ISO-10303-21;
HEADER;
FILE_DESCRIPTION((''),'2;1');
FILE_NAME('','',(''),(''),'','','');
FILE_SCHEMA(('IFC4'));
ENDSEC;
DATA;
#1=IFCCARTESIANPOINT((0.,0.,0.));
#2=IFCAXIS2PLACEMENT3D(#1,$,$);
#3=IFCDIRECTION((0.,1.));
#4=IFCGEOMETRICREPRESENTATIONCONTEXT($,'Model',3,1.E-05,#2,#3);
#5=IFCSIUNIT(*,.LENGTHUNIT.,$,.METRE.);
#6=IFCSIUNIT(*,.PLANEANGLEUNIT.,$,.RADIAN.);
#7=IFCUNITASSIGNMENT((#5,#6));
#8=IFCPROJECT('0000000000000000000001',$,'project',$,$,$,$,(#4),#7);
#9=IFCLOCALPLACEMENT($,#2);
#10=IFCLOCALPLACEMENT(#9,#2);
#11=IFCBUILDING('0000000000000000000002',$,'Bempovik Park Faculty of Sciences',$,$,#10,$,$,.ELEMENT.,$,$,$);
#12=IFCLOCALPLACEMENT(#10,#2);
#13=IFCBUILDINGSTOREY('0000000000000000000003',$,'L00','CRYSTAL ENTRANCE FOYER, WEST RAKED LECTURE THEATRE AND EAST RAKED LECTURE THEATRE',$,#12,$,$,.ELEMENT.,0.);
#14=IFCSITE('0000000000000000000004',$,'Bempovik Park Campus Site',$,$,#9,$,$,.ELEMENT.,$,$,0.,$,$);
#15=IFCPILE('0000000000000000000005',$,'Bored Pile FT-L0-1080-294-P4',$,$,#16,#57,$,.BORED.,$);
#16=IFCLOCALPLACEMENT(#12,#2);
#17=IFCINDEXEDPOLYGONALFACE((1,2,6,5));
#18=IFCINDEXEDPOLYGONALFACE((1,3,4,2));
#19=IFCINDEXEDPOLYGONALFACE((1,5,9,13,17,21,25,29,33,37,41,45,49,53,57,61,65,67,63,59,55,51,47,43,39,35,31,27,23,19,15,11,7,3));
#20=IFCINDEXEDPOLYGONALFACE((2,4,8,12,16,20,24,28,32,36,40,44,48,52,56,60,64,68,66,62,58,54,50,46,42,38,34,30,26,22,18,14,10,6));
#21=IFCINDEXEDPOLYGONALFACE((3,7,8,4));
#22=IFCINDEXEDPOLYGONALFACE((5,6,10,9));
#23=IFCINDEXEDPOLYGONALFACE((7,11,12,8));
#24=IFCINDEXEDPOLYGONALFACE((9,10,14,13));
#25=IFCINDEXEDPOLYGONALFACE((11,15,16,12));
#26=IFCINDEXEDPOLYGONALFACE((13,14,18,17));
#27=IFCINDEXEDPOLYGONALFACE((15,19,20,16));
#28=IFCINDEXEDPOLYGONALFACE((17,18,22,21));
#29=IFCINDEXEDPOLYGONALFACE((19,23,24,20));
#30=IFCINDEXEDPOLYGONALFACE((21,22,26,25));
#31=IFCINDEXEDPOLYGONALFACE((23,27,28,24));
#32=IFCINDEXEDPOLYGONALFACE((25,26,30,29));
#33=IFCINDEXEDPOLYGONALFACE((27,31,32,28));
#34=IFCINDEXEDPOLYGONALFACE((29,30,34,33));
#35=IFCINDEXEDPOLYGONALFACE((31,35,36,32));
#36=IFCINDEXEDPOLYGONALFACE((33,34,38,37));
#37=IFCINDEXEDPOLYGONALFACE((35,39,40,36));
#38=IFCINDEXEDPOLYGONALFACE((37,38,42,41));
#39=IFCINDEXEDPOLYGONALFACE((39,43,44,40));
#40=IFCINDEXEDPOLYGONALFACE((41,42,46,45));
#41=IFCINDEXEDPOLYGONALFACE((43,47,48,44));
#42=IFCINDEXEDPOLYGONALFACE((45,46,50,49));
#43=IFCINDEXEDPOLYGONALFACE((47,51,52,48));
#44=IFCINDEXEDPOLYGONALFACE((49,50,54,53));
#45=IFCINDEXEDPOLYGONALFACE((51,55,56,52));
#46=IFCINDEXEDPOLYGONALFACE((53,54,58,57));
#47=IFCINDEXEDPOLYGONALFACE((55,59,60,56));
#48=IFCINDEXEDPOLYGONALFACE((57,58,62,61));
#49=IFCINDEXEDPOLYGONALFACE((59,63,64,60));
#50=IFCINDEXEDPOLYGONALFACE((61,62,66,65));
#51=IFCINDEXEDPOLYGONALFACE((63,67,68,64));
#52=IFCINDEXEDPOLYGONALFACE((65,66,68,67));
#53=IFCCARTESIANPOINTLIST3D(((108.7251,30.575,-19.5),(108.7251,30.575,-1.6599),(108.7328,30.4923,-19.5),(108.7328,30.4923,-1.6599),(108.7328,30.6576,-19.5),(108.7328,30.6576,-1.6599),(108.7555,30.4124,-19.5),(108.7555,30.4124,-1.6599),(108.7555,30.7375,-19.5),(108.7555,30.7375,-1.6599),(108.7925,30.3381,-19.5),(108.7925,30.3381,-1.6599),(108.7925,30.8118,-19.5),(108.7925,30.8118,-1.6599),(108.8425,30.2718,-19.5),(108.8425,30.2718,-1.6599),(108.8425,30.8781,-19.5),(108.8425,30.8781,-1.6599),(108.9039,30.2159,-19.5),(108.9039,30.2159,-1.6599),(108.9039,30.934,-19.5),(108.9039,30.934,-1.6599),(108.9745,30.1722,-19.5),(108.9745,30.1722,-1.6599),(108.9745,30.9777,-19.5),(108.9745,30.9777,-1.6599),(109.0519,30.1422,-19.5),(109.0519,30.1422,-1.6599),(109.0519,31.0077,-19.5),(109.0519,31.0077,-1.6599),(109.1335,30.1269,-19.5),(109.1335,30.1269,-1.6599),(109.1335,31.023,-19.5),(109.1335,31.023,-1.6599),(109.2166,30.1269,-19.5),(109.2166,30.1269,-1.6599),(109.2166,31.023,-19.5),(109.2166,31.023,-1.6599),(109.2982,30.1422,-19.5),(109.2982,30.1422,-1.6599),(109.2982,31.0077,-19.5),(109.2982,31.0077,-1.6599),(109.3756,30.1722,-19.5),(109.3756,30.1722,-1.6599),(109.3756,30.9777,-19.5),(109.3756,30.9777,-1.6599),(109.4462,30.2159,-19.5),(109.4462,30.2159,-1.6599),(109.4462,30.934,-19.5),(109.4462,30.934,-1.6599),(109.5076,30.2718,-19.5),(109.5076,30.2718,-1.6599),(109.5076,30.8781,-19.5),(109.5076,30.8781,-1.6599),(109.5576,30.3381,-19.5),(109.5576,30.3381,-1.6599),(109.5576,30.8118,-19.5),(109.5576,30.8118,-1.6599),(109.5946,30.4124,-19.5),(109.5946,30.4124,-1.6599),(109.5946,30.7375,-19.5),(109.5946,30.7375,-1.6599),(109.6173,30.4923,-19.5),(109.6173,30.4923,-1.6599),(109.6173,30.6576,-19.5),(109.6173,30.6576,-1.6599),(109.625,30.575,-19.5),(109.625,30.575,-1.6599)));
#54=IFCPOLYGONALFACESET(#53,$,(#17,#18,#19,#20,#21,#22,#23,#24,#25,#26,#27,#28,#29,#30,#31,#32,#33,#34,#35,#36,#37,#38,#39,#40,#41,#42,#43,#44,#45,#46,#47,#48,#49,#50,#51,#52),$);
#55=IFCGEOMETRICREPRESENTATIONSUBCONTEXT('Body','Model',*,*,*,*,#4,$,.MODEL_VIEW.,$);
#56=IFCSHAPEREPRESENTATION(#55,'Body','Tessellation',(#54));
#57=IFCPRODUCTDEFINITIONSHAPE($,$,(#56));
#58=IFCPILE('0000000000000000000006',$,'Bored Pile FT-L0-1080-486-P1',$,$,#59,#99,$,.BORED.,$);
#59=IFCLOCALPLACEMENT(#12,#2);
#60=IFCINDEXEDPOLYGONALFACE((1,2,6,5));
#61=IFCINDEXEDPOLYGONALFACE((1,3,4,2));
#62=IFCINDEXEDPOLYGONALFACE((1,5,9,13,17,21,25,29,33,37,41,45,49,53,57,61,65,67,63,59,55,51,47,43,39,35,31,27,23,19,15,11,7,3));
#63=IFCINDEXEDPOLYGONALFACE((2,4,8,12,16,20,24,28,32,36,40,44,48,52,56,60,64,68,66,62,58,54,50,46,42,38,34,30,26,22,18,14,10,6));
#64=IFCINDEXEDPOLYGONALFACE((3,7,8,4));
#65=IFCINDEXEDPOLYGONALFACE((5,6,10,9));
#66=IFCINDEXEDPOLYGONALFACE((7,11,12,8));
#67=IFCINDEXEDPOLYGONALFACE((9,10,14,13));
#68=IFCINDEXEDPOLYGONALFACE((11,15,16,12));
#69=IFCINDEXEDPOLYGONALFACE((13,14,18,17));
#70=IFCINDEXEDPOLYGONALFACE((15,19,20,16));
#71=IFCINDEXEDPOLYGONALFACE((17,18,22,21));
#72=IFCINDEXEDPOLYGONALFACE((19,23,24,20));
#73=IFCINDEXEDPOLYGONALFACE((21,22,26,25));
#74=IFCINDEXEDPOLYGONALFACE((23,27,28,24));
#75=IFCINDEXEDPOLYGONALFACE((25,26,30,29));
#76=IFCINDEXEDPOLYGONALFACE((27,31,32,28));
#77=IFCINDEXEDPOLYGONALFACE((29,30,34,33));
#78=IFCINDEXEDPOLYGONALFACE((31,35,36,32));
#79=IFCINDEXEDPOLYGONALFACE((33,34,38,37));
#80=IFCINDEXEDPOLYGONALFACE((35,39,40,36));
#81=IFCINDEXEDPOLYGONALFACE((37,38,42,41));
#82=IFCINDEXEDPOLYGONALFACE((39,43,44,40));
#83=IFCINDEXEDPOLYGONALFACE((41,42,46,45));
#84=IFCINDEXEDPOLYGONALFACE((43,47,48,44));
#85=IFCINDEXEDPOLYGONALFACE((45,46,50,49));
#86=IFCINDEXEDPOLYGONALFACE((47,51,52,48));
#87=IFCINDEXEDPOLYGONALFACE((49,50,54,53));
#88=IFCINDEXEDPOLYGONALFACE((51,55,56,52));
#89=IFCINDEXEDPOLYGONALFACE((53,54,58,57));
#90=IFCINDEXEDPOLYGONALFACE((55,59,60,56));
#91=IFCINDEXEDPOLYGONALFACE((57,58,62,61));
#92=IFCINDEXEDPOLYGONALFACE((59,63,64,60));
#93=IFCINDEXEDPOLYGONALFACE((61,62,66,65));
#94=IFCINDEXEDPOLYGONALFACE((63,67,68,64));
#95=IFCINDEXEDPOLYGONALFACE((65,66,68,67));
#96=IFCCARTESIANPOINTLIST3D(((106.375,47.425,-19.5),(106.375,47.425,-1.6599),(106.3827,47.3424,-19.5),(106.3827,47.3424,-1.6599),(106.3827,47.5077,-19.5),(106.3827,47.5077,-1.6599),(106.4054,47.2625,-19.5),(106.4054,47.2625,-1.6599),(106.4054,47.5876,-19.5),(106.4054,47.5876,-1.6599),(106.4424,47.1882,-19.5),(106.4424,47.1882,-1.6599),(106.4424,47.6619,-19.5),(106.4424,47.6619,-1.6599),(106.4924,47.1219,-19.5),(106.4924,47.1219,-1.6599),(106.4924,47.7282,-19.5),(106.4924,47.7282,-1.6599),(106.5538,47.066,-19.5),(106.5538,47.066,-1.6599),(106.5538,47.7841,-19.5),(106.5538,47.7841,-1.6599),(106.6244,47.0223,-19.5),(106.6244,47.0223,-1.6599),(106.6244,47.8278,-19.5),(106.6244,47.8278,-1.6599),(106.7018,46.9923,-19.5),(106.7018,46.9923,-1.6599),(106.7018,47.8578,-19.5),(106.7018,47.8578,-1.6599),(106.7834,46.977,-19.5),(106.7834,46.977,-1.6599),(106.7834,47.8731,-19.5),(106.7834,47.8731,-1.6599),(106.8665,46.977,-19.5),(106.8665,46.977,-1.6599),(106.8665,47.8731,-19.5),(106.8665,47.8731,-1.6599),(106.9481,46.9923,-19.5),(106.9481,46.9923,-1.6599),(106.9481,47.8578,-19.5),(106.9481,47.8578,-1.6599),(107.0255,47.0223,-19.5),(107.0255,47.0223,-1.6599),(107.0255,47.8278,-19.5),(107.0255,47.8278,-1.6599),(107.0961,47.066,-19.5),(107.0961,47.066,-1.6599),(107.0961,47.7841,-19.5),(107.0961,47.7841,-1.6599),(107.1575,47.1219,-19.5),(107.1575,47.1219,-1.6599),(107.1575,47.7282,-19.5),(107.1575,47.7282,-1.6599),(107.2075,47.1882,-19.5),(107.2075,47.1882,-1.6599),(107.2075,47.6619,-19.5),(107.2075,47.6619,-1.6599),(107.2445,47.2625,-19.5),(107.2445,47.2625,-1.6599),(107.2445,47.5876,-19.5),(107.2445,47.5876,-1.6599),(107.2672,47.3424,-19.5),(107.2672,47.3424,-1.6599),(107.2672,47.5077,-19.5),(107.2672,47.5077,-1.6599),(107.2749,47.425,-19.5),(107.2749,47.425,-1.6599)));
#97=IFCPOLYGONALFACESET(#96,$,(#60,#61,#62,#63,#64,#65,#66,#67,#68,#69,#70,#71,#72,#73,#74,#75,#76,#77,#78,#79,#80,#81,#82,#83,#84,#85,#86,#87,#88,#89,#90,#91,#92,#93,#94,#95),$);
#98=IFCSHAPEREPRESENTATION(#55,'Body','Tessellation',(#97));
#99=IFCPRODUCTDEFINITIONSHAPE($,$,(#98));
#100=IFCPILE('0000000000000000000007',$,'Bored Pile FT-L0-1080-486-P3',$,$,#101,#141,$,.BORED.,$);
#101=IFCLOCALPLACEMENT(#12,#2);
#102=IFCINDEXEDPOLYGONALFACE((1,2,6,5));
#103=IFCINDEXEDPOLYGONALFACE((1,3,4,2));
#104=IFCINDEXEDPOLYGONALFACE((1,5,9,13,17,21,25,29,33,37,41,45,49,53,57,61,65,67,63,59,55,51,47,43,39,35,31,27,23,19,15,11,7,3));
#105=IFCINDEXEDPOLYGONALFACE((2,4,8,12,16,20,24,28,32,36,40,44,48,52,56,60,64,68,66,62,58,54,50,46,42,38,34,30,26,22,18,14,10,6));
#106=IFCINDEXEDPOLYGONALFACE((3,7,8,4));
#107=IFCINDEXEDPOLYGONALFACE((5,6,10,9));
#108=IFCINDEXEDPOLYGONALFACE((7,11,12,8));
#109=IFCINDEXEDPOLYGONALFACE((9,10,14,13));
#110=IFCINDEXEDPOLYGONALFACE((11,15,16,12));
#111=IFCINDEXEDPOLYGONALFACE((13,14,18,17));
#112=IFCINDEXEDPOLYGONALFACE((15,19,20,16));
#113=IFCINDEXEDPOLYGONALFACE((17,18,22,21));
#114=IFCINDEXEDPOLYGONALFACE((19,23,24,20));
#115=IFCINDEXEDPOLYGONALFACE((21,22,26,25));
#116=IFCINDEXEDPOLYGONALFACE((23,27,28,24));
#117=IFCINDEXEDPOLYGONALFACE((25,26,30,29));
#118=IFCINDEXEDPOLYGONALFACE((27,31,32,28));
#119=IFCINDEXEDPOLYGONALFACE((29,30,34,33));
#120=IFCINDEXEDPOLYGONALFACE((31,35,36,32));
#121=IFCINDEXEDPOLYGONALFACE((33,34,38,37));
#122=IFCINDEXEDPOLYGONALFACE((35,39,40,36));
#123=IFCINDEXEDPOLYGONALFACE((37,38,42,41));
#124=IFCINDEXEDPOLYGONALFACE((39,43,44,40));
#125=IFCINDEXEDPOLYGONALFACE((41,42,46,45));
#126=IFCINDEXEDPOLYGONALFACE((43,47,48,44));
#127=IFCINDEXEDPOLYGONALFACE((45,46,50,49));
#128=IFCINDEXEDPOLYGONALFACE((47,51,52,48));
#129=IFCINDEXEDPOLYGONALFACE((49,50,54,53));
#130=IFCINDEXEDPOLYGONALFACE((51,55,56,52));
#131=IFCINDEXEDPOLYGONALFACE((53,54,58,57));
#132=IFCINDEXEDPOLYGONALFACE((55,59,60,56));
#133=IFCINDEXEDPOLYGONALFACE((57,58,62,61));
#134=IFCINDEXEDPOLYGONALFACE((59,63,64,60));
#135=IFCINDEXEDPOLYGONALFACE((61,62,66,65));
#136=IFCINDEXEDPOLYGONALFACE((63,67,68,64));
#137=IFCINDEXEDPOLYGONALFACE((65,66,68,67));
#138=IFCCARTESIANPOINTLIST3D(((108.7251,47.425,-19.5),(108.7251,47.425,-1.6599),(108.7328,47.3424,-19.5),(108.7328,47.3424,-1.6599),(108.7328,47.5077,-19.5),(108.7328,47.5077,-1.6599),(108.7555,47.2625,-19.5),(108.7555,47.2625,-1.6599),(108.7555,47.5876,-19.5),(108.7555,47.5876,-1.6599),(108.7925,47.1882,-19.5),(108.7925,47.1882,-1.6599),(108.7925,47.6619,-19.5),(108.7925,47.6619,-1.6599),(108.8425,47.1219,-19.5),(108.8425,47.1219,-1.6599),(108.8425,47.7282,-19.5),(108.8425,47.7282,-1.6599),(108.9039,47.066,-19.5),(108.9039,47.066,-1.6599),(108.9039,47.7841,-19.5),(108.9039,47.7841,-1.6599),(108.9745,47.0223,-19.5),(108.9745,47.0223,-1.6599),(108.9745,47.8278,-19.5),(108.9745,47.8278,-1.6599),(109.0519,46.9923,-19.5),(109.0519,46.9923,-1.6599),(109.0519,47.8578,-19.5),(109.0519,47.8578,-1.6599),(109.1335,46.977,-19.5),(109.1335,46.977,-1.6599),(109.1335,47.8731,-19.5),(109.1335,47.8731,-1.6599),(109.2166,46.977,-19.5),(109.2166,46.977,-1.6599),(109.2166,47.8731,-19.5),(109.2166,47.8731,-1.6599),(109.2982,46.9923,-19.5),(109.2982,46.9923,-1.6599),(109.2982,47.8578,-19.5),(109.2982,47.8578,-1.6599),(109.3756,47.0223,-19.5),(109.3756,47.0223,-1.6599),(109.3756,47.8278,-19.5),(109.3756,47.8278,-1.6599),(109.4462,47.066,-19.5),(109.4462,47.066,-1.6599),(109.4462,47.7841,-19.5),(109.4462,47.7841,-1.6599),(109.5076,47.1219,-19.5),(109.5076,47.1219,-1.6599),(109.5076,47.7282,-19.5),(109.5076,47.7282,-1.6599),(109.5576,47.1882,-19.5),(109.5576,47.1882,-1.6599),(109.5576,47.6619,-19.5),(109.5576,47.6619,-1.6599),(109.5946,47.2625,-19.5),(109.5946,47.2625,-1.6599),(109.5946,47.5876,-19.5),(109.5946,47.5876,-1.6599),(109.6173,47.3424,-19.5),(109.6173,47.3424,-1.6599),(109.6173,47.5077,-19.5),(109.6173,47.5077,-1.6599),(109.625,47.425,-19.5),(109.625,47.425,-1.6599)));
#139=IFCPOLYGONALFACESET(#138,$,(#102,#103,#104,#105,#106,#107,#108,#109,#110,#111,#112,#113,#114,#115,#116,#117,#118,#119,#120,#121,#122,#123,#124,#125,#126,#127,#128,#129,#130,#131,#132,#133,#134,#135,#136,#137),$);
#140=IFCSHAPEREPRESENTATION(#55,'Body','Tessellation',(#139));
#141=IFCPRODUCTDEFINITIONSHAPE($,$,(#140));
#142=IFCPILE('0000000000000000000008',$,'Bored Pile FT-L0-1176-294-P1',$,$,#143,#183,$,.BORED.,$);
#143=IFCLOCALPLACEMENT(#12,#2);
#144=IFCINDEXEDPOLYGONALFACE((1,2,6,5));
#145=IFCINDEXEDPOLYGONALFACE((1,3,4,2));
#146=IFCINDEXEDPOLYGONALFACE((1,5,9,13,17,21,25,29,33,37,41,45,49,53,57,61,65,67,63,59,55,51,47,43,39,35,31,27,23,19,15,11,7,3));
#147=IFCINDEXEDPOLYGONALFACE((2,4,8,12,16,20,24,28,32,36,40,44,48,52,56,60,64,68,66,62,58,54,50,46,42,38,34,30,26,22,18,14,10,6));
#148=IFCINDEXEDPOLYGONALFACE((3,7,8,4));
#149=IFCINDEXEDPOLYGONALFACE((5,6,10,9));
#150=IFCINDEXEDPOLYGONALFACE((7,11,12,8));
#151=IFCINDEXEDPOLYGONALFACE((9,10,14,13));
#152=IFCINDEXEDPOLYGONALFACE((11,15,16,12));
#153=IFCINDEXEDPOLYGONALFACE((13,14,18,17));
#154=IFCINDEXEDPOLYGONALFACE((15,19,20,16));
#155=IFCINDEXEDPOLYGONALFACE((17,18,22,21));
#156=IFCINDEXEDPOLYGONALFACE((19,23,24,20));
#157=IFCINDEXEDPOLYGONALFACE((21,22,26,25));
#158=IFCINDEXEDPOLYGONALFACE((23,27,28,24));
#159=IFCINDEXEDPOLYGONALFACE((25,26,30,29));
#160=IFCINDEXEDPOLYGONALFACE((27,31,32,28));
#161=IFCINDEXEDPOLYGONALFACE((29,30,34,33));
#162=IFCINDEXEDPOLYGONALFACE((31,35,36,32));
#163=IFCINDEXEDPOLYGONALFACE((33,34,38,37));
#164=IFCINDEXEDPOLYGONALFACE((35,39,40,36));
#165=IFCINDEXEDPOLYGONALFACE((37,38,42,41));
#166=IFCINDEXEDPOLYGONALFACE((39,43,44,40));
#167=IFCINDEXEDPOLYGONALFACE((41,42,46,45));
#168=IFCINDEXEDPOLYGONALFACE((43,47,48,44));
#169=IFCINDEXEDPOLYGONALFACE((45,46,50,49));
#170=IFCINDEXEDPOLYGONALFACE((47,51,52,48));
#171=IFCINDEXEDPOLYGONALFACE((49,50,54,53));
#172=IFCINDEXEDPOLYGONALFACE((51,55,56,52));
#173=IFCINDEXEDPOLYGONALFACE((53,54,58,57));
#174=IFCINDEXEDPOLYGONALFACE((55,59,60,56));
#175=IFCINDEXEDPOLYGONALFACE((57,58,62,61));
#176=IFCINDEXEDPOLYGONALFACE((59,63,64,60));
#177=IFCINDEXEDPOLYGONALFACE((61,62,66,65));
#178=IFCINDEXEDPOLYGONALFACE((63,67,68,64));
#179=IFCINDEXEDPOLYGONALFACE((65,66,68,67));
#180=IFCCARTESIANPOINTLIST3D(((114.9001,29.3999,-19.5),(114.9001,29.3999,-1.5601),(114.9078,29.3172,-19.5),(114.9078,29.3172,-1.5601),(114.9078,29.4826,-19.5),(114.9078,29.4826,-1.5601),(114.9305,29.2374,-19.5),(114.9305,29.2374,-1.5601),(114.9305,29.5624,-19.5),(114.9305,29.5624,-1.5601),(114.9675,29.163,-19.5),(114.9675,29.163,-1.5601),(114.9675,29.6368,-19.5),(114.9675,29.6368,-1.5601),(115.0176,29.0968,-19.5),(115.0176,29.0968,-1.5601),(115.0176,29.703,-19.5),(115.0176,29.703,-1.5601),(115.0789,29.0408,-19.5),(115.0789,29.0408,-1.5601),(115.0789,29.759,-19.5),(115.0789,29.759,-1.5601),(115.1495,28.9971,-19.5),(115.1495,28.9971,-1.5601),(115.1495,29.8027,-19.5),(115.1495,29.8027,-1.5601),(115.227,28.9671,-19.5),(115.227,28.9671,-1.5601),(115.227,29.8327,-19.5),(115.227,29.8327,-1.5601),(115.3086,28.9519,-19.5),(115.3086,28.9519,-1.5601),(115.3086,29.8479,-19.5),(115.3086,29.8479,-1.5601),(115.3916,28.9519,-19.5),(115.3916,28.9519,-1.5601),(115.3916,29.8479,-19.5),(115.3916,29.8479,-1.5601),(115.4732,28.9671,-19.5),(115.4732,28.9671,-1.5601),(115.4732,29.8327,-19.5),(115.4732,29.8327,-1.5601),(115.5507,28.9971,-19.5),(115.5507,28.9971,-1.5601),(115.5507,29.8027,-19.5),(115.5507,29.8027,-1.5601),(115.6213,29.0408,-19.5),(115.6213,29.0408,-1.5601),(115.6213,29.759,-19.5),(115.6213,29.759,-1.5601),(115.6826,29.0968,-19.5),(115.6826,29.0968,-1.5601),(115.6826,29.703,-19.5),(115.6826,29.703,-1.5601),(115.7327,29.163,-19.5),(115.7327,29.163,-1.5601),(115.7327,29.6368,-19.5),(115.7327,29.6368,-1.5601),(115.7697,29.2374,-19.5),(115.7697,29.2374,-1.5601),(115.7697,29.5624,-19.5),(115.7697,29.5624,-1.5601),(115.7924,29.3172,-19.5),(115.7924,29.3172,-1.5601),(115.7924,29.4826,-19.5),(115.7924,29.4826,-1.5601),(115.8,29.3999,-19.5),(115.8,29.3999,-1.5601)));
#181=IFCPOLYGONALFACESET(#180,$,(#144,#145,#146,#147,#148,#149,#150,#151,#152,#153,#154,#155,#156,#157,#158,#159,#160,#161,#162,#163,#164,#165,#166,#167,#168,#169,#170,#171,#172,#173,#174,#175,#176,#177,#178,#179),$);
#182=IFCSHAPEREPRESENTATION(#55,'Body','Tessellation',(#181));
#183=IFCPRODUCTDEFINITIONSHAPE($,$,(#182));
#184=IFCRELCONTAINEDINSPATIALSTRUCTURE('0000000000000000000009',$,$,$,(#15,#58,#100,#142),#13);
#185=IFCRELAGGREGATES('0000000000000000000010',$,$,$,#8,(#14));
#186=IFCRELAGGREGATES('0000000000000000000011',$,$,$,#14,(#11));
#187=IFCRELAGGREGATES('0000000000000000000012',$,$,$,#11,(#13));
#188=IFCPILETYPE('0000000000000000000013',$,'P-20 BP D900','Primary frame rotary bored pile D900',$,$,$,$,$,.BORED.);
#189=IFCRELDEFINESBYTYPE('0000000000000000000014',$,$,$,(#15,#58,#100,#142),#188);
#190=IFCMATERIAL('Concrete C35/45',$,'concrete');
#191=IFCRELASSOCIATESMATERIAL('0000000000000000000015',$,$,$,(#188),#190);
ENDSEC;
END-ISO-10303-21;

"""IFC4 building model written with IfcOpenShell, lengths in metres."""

from ifc_helpers import new_model, si_unit, direction, frame, origin, origin_2d, place, context, subcontext, project, spatial, circle, extrude, material, material_profile, profile_set, type_object, element, save


model = new_model("IFC4")

# Units and contexts
model_context = context("Model", 3, precision=1e-05, world=origin(), true_north=direction((0.0, 1.0)))
body_context = subcontext(model_context, "Body", "Model", "MODEL_VIEW")
ifc_project = project(units=[si_unit("LENGTHUNIT", "METRE"), si_unit("PLANEANGLEUNIT", "RADIAN")], contexts=[model_context])

# Site, building, storey
site_placement = place(None, origin())
site = spatial("IfcSite", under=ifc_project, at=site_placement, Name="Bempovik Park Campus Site", CompositionType="ELEMENT", RefElevation=0.0)
building_placement = place(site_placement, origin())
building = spatial("IfcBuilding", under=site, at=building_placement, Name="Bempovik Park Faculty of Sciences", CompositionType="ELEMENT")
storey_placement = place(building_placement, origin())
storey = spatial("IfcBuildingStorey", under=building, at=storey_placement, Name="L00", Description="CRYSTAL ENTRANCE FOYER, WEST RAKED LECTURE THEATRE AND EAST RAKED LECTURE THEATRE", CompositionType="ELEMENT", Elevation=0.0)

# Shared definitions
ifc_material_1 = material(Name="Concrete C35/45", Category="concrete")

# Piles
ifc_material_profile_1 = material_profile(ifc_material_1, circle(Radius=0.45, at=origin_2d()), Name="BP D900")
ifc_profile_set_1 = profile_set([ifc_material_profile_1], Name="Concrete C35/45")
pile_type = type_object("IfcPileType", Name="P-20 BP D900", Description="Primary frame rotary bored pile D900", PredefinedType="BORED", material=ifc_profile_set_1)
for number, where, z_axis, x_axis, name in (
    (1, (109.175, 30.575, -1.6599), (0.0, 0.0, -1.0), (1.0, 0.0, 0.0), "Bored Pile FT-L0-1080-294-P4"),
    (2, (106.825, 47.425, -1.6599), (0.0, 0.0, -1.0), (1.0, 0.0, 0.0), "Bored Pile FT-L0-1080-486-P1"),
    (3, (109.175, 47.425, -1.6599), (0.0, 0.0, -1.0), (1.0, 0.0, 0.0), "Bored Pile FT-L0-1080-486-P3"),
):
    element("IfcPile", number, at=place(storey_placement, frame(where, z_axis=z_axis, x_axis=x_axis)), inside=storey, type_object=pile_type, Name=name, PredefinedType="BORED", context=body_context, shape_type="SweptSolid", body=[
        extrude(circle(Radius=0.45, at=origin_2d()), origin(), (0.0, 0.0, 1.0), 17.8401),
    ])
for number, where, z_axis, x_axis, name in (
    (4, (115.3501, 29.3999, -1.5601), (0.0, 0.0, -1.0), (1.0, 0.0, 0.0), "Bored Pile FT-L0-1176-294-P1"),
):
    element("IfcPile", number, at=place(storey_placement, frame(where, z_axis=z_axis, x_axis=x_axis)), inside=storey, type_object=pile_type, Name=name, PredefinedType="BORED", context=body_context, shape_type="SweptSolid", body=[
        extrude(circle(Radius=0.45, at=origin_2d()), origin(), (0.0, 0.0, 1.0), 17.9399),
    ])

save(model, "model.ifc")
